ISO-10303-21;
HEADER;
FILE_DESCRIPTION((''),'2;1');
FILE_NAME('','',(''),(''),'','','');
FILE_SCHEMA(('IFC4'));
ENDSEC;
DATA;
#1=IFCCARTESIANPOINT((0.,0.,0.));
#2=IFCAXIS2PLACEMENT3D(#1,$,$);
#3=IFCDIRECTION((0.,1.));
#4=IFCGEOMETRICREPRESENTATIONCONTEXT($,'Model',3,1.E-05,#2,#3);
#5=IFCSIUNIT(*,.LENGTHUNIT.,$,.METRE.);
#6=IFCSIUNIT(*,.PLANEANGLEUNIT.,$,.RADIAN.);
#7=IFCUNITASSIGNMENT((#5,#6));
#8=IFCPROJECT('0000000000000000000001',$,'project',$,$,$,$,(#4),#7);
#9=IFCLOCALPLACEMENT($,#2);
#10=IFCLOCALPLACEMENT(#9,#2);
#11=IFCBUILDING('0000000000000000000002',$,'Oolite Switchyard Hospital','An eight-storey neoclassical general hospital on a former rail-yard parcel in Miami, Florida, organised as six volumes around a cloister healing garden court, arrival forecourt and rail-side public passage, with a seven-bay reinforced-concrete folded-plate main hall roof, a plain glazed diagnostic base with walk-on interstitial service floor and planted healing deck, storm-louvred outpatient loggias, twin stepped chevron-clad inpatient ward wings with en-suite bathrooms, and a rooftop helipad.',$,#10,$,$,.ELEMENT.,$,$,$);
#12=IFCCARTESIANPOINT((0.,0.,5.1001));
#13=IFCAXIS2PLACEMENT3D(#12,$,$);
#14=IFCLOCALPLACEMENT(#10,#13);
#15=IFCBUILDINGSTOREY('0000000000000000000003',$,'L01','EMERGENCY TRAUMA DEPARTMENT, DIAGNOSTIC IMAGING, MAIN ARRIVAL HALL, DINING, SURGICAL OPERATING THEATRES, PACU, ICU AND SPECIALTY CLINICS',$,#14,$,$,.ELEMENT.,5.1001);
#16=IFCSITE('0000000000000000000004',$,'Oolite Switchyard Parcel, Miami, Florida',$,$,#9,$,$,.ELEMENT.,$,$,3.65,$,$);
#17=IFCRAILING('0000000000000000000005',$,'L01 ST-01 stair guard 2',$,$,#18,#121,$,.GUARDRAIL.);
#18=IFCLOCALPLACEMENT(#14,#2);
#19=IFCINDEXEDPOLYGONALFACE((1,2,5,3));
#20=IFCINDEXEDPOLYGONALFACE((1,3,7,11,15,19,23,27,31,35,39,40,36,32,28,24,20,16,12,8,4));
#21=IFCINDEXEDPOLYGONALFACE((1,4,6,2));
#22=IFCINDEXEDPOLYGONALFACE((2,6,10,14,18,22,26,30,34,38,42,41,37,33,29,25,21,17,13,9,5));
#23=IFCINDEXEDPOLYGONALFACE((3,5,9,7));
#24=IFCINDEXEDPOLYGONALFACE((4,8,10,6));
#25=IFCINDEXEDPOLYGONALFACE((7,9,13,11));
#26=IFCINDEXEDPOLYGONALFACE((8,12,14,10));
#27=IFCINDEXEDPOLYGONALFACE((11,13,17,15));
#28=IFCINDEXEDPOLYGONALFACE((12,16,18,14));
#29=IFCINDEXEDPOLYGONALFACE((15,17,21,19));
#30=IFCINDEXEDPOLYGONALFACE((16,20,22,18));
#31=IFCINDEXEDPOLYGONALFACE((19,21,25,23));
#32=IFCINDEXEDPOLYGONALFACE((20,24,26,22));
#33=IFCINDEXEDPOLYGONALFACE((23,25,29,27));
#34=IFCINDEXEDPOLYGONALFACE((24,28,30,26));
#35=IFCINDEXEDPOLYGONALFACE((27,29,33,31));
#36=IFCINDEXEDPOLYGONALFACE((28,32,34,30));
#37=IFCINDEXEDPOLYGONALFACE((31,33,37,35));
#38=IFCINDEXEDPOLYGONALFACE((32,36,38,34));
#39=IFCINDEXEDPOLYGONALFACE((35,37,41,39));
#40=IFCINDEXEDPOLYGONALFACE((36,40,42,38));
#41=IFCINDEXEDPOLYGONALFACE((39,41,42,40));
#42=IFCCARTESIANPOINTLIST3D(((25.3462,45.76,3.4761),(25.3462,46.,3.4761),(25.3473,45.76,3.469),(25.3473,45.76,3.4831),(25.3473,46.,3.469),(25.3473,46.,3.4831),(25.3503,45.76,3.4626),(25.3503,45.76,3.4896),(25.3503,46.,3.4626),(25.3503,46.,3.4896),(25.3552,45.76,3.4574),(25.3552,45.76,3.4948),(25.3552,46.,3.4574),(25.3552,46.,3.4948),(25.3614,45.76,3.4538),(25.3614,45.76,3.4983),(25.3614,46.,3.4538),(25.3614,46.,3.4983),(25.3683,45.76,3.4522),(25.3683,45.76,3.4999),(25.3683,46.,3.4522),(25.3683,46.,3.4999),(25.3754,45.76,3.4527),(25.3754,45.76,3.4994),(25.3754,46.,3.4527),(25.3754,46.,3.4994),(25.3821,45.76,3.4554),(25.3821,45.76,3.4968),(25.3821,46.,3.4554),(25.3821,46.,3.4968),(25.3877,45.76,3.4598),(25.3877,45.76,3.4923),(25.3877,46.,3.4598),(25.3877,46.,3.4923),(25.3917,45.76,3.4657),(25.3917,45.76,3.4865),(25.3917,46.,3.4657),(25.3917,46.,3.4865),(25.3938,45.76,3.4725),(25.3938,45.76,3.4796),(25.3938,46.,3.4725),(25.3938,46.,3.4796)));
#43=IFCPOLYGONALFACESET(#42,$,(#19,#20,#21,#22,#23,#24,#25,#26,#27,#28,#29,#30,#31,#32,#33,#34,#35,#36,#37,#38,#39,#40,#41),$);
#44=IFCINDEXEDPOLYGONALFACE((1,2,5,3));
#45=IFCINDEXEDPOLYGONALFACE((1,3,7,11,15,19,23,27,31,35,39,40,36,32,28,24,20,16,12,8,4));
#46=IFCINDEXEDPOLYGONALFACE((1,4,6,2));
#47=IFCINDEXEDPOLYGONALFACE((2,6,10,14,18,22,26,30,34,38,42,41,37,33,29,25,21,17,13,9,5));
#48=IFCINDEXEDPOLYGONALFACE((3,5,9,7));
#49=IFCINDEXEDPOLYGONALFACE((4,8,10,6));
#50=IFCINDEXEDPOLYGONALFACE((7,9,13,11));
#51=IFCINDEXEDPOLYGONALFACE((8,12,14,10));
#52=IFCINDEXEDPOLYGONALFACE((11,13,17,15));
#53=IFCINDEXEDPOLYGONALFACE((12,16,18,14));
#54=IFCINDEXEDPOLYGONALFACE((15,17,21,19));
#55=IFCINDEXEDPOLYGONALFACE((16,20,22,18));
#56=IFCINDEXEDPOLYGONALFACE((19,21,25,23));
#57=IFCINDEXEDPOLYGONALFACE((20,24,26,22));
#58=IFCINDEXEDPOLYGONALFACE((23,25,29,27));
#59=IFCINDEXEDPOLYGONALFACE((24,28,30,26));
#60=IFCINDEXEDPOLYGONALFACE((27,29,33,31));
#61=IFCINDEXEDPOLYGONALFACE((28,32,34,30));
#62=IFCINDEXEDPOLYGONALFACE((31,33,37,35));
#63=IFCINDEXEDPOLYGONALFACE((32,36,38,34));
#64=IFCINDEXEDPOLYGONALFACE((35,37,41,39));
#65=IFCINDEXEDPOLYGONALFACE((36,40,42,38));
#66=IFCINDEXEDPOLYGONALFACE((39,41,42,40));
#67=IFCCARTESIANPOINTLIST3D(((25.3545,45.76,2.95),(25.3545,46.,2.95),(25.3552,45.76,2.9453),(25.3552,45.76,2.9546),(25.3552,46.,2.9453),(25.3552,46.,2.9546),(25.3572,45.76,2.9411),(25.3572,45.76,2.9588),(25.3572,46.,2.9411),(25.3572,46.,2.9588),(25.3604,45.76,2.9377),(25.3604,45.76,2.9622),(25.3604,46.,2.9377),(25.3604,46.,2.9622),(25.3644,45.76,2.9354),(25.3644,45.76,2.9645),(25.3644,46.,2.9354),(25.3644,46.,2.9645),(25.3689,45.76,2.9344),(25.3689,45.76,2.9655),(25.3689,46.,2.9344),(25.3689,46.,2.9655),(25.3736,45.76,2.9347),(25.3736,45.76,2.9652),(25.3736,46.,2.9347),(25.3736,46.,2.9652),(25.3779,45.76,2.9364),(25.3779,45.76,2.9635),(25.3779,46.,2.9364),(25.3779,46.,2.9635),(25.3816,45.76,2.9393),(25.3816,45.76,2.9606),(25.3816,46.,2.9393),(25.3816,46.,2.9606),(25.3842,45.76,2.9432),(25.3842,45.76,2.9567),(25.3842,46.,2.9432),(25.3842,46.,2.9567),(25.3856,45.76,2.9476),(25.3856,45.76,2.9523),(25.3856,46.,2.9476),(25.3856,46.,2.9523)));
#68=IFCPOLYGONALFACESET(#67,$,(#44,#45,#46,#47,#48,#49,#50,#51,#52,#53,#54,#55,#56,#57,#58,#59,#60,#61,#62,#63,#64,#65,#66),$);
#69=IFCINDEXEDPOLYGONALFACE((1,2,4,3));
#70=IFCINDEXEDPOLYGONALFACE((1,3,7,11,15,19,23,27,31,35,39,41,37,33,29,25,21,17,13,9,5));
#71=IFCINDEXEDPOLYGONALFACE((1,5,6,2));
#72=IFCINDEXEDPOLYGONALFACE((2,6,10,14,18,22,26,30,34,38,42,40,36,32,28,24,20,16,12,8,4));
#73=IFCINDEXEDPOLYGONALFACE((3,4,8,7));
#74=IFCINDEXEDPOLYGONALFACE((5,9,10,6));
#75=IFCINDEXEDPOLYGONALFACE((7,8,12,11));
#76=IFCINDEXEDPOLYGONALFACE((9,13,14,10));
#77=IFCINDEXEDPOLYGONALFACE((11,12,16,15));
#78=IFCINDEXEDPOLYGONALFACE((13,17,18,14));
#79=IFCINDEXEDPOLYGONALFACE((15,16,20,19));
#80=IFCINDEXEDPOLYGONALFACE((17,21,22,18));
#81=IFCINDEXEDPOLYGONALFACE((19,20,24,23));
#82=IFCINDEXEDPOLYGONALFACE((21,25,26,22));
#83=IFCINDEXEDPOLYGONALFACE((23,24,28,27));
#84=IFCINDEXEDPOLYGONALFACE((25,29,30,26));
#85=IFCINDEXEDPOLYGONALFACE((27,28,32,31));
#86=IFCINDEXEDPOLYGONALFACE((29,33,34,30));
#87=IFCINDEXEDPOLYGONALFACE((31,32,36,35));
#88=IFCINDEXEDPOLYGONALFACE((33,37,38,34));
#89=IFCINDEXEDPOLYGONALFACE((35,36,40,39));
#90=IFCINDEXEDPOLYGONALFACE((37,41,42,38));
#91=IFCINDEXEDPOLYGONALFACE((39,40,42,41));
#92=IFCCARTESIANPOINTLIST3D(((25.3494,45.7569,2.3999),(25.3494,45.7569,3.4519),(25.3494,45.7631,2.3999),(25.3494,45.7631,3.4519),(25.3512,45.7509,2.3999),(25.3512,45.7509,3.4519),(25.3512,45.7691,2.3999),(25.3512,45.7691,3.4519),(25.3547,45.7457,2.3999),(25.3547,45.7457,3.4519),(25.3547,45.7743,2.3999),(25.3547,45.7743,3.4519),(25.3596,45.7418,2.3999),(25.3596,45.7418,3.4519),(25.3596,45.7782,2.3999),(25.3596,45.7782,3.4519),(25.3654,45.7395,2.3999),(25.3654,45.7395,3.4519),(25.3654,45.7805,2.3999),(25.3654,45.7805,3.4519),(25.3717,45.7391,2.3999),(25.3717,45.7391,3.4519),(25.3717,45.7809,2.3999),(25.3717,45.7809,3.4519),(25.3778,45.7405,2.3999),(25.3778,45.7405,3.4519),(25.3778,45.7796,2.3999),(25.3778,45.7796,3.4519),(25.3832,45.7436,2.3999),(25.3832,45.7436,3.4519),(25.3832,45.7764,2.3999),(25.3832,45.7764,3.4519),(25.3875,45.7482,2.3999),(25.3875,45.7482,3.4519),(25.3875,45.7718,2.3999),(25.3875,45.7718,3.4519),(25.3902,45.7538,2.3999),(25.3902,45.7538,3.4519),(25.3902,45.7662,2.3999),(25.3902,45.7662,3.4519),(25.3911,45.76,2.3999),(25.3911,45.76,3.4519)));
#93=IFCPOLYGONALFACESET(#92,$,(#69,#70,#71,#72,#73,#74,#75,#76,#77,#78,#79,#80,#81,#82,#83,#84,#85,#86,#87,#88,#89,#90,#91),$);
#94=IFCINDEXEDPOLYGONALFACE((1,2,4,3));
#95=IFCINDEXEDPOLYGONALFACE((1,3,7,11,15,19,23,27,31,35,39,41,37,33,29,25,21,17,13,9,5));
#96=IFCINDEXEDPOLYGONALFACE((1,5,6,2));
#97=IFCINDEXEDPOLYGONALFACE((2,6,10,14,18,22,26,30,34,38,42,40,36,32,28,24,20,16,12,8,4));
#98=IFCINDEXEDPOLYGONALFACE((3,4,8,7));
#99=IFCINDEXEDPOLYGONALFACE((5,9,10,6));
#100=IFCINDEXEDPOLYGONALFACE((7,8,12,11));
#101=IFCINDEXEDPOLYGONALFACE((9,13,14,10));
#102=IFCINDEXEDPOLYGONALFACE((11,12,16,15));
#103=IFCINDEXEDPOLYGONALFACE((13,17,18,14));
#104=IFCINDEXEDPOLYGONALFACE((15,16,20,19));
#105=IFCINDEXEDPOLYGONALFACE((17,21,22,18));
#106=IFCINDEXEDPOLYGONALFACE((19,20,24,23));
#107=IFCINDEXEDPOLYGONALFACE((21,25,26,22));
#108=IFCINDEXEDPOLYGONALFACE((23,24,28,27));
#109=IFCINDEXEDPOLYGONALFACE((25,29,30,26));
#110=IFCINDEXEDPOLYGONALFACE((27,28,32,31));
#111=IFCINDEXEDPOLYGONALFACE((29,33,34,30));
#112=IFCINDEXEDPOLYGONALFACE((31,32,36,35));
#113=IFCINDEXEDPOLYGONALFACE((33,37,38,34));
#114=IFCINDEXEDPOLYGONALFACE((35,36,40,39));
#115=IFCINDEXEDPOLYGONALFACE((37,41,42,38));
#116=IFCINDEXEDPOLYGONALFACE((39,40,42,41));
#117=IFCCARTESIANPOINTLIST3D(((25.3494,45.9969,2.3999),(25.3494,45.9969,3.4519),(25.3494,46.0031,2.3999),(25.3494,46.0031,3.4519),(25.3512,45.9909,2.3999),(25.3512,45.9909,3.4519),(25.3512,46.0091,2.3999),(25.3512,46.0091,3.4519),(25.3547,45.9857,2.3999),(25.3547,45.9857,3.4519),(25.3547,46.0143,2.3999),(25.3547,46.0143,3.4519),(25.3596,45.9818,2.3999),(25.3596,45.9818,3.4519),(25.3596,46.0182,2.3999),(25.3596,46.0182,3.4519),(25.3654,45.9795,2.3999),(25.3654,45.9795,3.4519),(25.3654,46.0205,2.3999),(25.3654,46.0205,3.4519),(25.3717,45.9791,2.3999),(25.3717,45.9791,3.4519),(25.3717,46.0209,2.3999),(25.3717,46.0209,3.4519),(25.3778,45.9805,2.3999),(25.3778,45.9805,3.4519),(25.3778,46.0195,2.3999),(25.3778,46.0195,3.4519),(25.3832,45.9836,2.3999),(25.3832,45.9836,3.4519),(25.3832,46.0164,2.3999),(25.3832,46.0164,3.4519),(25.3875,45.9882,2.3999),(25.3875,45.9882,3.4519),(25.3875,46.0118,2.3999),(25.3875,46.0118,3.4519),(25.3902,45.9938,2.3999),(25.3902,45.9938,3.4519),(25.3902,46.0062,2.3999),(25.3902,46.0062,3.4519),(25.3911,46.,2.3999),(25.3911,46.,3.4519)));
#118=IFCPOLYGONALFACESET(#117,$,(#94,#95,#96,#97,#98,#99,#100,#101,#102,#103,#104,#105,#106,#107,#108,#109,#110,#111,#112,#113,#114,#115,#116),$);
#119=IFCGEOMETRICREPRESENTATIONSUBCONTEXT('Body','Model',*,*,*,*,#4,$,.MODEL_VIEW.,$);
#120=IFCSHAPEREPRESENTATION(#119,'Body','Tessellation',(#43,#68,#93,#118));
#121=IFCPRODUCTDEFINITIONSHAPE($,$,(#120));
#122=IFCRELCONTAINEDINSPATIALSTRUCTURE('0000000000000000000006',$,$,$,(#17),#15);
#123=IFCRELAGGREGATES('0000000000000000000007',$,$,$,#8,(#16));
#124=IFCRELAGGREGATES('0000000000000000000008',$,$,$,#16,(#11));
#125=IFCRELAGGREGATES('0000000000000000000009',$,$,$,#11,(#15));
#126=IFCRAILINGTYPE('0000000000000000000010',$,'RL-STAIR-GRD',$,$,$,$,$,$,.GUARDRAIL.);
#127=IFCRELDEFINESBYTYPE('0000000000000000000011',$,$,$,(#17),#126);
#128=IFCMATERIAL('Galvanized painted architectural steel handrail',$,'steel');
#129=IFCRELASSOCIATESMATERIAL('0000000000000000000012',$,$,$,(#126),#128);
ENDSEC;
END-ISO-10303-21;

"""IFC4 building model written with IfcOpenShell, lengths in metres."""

from ifc_helpers import new_model, si_unit, direction, frame, origin, origin_2d, place, context, subcontext, project, spatial, circle, extrude, material, type_object, element, save


model = new_model("IFC4")

# Units and contexts
model_context = context("Model", 3, precision=1e-05, world=origin(), true_north=direction((0.0, 1.0)))
body_context = subcontext(model_context, "Body", "Model", "MODEL_VIEW")
ifc_project = project(units=[si_unit("LENGTHUNIT", "METRE"), si_unit("PLANEANGLEUNIT", "RADIAN")], contexts=[model_context])

# Site, building, storey
site_placement = place(None, origin())
site = spatial("IfcSite", under=ifc_project, at=site_placement, Name="Oolite Switchyard Parcel, Miami, Florida", CompositionType="ELEMENT", RefElevation=3.65)
building_placement = place(site_placement, origin())
building = spatial("IfcBuilding", under=site, at=building_placement, Name="Oolite Switchyard Hospital", Description="An eight-storey neoclassical general hospital on a former rail-yard parcel in Miami, Florida, organised as six volumes around a cloister healing garden court, arrival forecourt and rail-side public passage, with a seven-bay reinforced-concrete folded-plate main hall roof, a plain glazed diagnostic base with walk-on interstitial service floor and planted healing deck, storm-louvred outpatient loggias, twin stepped chevron-clad inpatient ward wings with en-suite bathrooms, and a rooftop helipad.", CompositionType="ELEMENT")
storey_placement = place(building_placement, frame((0.0, 0.0, 5.1001)))
storey = spatial("IfcBuildingStorey", under=building, at=storey_placement, Name="L01", Description="EMERGENCY TRAUMA DEPARTMENT, DIAGNOSTIC IMAGING, MAIN ARRIVAL HALL, DINING, SURGICAL OPERATING THEATRES, PACU, ICU AND SPECIALTY CLINICS", CompositionType="ELEMENT", Elevation=5.1001)

# Railing
ifc_material_1 = material(Name="Galvanized painted architectural steel handrail", Category="steel")
railing_type_1 = type_object("IfcRailingType", Name="RL-STAIR-GRD", PredefinedType="GUARDRAIL", material=ifc_material_1)
railing_1_placement = place(storey_placement, frame((25.3701, 45.76, 2.3999)))
element("IfcRailing", 1, at=railing_1_placement, inside=storey, type_object=railing_type_1, Name="L01 ST-01 stair guard 2", PredefinedType="GUARDRAIL", context=body_context, shape_type="SweptSolid", body=[
    extrude(circle(Radius=0.0239, at=origin_2d()), frame((0.0, 0.0, 1.0762), z_axis=(0.0, 1.0, 0.0), x_axis=(-1.0, 0.0, 0.0)), (0.0, 0.0, 1.0), 0.24),
    extrude(circle(Radius=0.0156, at=origin_2d()), frame((0.0, 0.0, 0.55), z_axis=(0.0, 1.0, 0.0), x_axis=(-1.0, 0.0, 0.0)), (0.0, 0.0, 1.0), 0.24),
    extrude(circle(Radius=0.021, at=origin_2d()), origin(), (0.0, 0.0, 1.0), 1.052),
    extrude(circle(Radius=0.021, at=origin_2d()), frame((0.0, 0.24, 0.0)), (0.0, 0.0, 1.0), 1.052),
])

save(model, "model.ifc")
